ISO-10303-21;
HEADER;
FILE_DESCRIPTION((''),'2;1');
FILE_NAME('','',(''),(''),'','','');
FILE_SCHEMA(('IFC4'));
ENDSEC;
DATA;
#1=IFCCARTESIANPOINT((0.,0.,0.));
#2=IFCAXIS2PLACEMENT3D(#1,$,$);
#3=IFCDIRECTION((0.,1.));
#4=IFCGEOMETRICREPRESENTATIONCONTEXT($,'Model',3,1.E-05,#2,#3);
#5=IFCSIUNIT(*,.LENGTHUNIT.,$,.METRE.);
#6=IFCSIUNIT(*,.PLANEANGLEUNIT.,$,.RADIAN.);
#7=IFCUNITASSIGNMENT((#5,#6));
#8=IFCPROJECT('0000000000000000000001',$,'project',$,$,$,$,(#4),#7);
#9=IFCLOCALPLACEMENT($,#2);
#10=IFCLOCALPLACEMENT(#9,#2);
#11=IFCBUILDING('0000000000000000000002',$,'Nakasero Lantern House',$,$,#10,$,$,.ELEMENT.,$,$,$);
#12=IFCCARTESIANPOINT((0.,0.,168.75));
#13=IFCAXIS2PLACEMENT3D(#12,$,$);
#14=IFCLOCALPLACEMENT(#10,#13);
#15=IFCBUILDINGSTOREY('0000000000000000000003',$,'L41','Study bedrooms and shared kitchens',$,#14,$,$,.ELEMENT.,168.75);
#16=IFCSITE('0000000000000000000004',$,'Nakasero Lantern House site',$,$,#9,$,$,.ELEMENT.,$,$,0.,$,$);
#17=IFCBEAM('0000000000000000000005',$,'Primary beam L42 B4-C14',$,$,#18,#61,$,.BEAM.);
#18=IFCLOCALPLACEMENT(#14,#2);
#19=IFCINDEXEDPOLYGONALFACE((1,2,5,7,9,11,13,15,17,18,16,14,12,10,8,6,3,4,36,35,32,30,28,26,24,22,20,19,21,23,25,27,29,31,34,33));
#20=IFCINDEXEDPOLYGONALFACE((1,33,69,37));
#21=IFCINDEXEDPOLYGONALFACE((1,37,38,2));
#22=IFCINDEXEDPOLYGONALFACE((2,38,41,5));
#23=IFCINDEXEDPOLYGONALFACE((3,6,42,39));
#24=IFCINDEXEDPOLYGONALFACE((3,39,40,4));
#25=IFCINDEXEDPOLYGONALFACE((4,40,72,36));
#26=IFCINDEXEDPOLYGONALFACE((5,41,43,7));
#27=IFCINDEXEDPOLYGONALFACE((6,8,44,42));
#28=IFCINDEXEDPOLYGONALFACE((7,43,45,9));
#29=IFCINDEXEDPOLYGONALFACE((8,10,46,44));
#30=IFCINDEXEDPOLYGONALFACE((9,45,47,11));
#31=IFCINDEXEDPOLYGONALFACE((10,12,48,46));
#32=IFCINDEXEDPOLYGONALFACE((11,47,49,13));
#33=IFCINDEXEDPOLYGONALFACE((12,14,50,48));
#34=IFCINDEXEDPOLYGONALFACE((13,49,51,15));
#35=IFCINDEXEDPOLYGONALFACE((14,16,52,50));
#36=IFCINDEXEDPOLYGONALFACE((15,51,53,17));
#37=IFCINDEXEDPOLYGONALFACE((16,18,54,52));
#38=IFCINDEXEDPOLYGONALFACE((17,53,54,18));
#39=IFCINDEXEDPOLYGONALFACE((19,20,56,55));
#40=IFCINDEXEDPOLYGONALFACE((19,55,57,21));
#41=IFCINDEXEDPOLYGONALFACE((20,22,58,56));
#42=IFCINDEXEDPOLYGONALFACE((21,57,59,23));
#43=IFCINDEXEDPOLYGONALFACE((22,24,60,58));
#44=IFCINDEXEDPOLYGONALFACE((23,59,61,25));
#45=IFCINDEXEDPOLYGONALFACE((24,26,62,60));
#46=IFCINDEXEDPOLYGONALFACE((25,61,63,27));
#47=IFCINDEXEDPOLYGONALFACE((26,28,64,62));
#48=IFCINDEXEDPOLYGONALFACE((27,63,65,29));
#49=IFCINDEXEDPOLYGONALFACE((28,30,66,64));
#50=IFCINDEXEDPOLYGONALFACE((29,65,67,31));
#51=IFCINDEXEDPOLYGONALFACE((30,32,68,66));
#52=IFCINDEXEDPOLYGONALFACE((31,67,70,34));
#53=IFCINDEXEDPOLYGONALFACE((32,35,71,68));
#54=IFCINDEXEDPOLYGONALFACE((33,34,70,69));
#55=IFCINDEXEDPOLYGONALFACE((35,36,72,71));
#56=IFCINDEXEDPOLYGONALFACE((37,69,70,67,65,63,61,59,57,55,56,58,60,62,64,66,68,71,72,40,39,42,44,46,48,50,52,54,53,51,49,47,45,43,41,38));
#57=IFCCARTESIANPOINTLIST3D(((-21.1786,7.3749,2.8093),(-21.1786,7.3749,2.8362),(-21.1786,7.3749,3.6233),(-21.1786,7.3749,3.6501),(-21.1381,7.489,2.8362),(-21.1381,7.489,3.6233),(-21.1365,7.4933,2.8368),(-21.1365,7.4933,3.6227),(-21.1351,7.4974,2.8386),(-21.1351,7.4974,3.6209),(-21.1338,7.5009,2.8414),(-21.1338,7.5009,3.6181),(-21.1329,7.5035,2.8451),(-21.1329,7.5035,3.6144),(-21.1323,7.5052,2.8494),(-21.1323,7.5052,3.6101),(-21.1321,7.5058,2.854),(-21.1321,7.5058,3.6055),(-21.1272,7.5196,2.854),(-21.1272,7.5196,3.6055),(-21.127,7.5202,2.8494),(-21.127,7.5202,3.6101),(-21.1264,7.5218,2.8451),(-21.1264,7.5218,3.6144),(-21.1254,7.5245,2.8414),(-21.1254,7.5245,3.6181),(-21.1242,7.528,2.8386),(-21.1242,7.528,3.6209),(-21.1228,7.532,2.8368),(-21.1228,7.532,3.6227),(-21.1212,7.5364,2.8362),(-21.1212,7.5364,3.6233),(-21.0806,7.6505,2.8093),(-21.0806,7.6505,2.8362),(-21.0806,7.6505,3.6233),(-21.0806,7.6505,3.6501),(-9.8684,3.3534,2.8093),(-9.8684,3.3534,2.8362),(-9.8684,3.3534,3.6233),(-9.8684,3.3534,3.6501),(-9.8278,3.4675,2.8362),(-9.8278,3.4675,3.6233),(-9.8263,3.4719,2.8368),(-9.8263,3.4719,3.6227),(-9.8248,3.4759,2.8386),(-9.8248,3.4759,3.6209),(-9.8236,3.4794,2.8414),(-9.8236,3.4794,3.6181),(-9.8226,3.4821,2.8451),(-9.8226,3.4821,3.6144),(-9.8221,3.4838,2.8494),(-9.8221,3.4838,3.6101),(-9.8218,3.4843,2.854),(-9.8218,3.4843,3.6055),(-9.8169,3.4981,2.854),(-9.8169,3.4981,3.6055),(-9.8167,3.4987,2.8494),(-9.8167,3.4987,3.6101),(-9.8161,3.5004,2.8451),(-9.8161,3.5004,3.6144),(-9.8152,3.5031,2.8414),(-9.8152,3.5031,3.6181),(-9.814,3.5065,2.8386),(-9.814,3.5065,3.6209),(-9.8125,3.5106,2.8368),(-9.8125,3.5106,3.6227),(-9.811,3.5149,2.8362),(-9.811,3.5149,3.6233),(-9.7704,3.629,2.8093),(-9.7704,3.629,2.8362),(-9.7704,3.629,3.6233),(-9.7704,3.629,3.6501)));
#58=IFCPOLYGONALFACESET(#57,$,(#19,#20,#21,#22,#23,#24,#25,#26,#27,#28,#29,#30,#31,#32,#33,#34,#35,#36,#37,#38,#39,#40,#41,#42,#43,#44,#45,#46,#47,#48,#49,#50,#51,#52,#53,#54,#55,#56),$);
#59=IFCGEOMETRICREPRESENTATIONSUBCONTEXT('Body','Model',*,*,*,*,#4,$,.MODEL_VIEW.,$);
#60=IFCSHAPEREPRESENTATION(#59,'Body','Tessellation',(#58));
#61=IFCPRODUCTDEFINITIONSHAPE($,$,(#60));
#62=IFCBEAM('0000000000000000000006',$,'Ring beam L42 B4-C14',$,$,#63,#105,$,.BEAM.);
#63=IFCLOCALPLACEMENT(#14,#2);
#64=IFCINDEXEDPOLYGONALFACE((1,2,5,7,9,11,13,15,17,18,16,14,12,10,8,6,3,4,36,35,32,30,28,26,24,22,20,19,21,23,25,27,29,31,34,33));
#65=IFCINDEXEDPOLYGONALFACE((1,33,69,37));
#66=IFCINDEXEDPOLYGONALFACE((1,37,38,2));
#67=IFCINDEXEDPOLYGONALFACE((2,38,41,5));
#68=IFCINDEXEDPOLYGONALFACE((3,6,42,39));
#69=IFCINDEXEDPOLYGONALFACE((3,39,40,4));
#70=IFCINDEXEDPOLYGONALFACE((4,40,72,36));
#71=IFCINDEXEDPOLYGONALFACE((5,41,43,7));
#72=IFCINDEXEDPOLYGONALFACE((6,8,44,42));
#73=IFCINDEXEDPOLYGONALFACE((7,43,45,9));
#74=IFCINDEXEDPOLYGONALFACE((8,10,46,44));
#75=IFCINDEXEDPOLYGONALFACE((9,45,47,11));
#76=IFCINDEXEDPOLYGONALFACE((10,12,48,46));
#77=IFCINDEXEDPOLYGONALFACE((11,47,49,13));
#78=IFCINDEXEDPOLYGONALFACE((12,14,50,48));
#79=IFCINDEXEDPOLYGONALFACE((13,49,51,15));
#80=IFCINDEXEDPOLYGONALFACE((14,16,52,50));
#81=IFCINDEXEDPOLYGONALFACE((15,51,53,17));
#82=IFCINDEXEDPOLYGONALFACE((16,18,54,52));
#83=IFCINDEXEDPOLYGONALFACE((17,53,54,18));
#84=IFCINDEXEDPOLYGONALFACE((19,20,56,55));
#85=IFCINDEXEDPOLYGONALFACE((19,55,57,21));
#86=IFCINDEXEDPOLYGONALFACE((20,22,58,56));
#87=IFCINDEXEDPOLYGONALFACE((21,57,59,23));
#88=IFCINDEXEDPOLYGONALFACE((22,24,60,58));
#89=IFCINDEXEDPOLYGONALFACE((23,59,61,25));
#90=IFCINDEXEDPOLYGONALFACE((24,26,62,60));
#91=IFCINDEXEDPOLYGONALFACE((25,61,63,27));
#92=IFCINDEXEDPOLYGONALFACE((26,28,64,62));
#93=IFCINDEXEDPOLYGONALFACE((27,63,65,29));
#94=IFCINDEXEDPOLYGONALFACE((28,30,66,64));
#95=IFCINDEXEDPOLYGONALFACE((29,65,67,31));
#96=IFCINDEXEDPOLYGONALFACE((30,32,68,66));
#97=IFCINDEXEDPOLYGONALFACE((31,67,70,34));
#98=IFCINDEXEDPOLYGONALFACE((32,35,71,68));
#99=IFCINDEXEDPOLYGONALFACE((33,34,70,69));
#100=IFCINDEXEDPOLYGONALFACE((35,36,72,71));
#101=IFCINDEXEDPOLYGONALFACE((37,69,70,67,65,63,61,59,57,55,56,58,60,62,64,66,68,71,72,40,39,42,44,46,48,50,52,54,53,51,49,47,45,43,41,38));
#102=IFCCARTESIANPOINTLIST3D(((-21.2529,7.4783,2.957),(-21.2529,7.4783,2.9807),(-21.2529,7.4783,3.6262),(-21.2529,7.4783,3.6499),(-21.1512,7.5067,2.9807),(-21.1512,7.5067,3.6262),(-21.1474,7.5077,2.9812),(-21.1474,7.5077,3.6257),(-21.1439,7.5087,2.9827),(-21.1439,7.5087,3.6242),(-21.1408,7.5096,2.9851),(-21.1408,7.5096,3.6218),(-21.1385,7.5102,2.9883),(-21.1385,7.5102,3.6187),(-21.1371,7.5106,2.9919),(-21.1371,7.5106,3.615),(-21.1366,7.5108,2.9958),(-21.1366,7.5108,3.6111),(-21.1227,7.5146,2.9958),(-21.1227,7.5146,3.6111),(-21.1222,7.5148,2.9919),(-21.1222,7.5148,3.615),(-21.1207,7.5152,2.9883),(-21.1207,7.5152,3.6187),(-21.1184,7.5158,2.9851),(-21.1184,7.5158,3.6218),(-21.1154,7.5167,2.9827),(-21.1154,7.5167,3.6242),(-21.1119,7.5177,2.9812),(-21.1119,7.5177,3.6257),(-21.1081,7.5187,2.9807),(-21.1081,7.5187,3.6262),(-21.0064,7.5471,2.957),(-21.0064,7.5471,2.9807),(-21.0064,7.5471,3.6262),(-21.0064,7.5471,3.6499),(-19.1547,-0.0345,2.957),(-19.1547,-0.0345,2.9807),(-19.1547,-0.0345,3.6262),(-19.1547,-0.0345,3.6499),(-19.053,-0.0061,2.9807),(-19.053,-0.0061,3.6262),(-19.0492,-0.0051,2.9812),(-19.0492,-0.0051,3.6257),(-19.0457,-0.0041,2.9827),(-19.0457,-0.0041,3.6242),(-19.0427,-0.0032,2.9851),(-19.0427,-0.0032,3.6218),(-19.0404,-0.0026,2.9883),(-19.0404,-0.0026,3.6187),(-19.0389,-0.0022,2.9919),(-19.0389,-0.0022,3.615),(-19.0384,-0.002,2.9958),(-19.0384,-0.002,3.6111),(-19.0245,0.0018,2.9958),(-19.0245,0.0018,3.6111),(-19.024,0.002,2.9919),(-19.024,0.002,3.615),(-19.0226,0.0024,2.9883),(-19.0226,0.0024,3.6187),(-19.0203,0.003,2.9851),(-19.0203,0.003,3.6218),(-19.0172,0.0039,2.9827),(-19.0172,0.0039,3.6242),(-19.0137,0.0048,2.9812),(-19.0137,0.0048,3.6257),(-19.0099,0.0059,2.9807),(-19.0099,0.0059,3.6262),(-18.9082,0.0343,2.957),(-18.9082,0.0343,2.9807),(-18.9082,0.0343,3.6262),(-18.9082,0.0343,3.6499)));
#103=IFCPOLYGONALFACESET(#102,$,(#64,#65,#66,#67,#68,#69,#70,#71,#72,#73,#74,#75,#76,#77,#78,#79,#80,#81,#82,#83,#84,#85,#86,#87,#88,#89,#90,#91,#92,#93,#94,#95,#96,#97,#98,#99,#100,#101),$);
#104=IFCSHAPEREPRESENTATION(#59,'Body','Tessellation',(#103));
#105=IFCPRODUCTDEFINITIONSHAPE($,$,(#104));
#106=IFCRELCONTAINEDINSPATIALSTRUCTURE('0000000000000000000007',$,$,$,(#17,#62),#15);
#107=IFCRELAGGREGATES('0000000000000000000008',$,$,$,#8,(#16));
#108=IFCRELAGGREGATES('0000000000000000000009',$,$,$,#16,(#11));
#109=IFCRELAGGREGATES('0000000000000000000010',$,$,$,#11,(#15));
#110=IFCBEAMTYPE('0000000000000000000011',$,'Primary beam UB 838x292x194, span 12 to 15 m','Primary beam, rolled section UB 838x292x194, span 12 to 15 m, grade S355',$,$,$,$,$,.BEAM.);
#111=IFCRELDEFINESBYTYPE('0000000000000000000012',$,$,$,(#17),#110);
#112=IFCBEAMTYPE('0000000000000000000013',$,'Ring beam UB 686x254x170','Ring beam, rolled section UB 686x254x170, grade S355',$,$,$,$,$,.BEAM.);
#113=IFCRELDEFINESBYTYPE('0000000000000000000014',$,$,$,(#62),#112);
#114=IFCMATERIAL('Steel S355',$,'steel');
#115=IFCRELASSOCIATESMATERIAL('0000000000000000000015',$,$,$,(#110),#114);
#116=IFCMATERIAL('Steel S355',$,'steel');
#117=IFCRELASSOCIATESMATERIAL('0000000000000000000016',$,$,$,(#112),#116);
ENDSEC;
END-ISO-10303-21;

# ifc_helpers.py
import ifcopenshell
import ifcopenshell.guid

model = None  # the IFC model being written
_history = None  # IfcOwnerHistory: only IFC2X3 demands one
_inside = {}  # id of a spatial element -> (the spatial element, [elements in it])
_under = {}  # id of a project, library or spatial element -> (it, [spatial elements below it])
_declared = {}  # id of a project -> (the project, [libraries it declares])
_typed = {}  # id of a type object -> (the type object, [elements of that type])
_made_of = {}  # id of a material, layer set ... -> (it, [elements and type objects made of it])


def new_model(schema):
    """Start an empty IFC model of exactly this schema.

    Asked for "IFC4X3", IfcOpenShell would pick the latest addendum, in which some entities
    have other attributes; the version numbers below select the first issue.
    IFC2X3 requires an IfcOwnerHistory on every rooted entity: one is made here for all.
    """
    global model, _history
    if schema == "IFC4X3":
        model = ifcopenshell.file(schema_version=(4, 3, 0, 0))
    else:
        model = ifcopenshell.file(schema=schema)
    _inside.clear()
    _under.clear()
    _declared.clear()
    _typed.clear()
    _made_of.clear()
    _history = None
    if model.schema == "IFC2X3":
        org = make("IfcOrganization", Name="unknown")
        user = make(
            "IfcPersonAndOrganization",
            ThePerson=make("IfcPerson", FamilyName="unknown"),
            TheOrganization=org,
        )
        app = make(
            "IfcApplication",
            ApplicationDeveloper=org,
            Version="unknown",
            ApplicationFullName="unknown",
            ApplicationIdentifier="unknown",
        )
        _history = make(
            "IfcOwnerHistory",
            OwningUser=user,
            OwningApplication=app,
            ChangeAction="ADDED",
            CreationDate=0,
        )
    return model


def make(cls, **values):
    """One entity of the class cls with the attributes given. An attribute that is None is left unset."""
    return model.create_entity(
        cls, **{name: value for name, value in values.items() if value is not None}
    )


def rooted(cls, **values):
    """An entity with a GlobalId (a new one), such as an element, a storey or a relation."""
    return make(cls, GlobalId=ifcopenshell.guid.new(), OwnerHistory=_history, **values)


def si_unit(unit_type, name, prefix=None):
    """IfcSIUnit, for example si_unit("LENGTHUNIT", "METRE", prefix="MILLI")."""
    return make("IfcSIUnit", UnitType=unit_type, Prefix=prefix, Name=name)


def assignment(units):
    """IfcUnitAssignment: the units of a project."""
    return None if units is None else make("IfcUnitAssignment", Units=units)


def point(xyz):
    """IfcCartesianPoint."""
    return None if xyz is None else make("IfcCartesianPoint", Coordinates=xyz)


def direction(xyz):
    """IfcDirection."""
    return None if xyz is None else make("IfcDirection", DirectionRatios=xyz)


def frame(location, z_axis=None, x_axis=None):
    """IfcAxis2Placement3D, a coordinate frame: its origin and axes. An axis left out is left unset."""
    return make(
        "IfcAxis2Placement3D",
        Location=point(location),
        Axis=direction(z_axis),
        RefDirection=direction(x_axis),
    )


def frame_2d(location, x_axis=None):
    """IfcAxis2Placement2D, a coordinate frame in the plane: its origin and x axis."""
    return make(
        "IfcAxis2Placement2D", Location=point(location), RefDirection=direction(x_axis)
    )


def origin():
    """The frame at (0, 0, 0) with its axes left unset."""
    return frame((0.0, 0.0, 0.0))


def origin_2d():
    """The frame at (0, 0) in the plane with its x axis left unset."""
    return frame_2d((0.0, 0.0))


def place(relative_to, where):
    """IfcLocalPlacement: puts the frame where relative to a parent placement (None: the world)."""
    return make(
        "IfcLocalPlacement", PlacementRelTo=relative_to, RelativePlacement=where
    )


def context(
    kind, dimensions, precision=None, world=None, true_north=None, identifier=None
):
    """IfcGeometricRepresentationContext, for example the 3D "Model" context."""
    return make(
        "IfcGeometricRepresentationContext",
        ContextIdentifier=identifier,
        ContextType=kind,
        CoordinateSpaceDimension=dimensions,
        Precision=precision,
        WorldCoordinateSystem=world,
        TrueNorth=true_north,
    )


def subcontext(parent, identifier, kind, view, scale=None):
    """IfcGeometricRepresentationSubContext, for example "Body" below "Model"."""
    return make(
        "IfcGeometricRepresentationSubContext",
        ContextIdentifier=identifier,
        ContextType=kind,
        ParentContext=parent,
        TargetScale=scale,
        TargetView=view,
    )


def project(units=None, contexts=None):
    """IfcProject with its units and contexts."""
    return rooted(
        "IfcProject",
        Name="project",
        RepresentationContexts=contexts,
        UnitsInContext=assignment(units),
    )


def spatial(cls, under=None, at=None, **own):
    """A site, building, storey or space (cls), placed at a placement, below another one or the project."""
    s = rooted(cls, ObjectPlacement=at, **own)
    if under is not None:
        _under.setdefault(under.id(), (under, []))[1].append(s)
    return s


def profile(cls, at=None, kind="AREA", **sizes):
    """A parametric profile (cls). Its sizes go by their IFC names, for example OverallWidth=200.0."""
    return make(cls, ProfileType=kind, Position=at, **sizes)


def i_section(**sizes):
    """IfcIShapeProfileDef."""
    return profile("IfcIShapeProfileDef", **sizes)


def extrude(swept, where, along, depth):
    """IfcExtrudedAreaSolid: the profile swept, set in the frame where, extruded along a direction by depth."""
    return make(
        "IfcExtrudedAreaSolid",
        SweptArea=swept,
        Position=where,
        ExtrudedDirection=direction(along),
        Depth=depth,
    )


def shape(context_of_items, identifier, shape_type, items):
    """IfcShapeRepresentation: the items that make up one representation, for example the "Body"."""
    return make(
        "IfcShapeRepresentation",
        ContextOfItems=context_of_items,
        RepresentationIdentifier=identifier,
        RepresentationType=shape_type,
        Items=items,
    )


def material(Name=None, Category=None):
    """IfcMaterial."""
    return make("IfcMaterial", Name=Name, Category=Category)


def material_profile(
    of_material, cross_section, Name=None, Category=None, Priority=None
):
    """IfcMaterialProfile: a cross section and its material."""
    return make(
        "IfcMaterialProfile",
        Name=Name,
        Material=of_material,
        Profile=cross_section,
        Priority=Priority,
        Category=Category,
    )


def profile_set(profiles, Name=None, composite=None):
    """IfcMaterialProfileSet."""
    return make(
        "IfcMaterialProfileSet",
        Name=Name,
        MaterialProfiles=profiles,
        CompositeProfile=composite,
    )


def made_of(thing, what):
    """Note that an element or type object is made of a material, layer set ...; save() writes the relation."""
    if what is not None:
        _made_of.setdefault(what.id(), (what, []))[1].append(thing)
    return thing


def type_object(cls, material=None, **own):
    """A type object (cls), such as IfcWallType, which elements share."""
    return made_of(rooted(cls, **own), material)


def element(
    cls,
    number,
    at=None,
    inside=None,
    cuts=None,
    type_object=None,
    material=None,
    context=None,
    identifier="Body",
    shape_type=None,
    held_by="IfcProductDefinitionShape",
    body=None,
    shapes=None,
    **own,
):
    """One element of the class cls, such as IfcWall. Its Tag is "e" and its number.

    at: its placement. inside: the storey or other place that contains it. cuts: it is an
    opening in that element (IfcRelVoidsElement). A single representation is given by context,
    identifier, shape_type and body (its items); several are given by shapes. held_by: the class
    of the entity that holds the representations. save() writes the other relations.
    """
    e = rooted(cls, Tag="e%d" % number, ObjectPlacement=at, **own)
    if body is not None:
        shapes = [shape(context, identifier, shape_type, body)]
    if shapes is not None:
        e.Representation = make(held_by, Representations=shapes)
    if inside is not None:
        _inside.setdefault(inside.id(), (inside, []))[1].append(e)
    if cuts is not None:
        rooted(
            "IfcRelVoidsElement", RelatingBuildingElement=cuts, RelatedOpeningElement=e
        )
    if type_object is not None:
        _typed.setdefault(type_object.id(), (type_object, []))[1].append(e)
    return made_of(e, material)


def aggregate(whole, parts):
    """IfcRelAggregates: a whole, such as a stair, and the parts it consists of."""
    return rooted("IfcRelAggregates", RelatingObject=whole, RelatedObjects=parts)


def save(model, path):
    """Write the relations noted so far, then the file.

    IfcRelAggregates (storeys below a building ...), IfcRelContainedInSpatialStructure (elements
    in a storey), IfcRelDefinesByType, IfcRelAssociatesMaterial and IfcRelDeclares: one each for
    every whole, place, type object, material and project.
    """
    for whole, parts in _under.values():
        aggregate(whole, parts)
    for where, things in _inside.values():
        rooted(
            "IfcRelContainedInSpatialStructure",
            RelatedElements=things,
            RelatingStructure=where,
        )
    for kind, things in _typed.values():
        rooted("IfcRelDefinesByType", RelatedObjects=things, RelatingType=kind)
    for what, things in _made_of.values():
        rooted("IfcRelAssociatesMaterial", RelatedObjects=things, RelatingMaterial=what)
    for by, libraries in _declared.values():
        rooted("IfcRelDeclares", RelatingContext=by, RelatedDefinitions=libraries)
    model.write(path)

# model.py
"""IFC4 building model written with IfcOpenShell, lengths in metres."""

from ifc_helpers import new_model, si_unit, direction, frame, origin, origin_2d, place, context, subcontext, project, spatial, i_section, extrude, material, material_profile, profile_set, type_object, element, save


model = new_model("IFC4")

# Units and contexts
model_context = context("Model", 3, precision=1e-05, world=origin(), true_north=direction((0.0, 1.0)))
body_context = subcontext(model_context, "Body", "Model", "MODEL_VIEW")
ifc_project = project(units=[si_unit("LENGTHUNIT", "METRE"), si_unit("PLANEANGLEUNIT", "RADIAN")], contexts=[model_context])

# Site, building, storey
site_placement = place(None, origin())
site = spatial("IfcSite", under=ifc_project, at=site_placement, Name="Nakasero Lantern House site", CompositionType="ELEMENT", RefElevation=0.0)
building_placement = place(site_placement, origin())
building = spatial("IfcBuilding", under=site, at=building_placement, Name="Nakasero Lantern House", CompositionType="ELEMENT")
storey_placement = place(building_placement, frame((0.0, 0.0, 168.75)))
storey = spatial("IfcBuildingStorey", under=building, at=storey_placement, Name="L41", Description="Study bedrooms and shared kitchens", CompositionType="ELEMENT", Elevation=168.75)

# Beams
ifc_material_1 = material(Name="Steel S355", Category="steel")
ifc_material_profile_1 = material_profile(ifc_material_1, i_section(OverallWidth=0.2925, OverallDepth=0.8408, WebThickness=0.0146, FlangeThickness=0.0269, FilletRadius=0.0178, at=origin_2d()), Name="UB 838x292x194")
ifc_profile_set_1 = profile_set([ifc_material_profile_1], Name="Steel S355")
beam_type_1 = type_object("IfcBeamType", Name="Primary beam UB 838x292x194, span 12 to 15 m", Description="Primary beam, rolled section UB 838x292x194, span 12 to 15 m, grade S355", PredefinedType="BEAM", material=ifc_profile_set_1)
beam_1_placement = place(storey_placement, frame((-21.1296, 7.5127, 3.2297), z_axis=(0.942214, -0.335013, 0.0), x_axis=(0.335013, 0.942214, 0.0)))
element("IfcBeam", 1, at=beam_1_placement, inside=storey, type_object=beam_type_1, Name="Primary beam L42 B4-C14", PredefinedType="BEAM", context=body_context, shape_type="SweptSolid", body=[
    extrude(i_section(OverallWidth=0.2925, OverallDepth=0.8408, WebThickness=0.0146, FlangeThickness=0.0269, FilletRadius=0.0178, at=origin_2d()), origin(), (0.0, 0.0, 1.0), 12.0039),
])
ifc_material_2 = material(Name="Steel S355", Category="steel")
ifc_material_profile_2 = material_profile(ifc_material_2, i_section(OverallWidth=0.2559, OverallDepth=0.6929, WebThickness=0.0144, FlangeThickness=0.0237, FilletRadius=0.0151, at=origin_2d()), Name="UB 686x254x170")
ifc_profile_set_2 = profile_set([ifc_material_profile_2], Name="Steel S355")
beam_type_2 = type_object("IfcBeamType", Name="Ring beam UB 686x254x170", Description="Ring beam, rolled section UB 686x254x170, grade S355", PredefinedType="BEAM", material=ifc_profile_set_2)
beam_2_placement = place(storey_placement, frame((-21.1296, 7.5127, 3.3035), z_axis=(0.268987, -0.963144, 0.0), x_axis=(0.963144, 0.268987, 0.0)))
element("IfcBeam", 2, at=beam_2_placement, inside=storey, type_object=beam_type_2, Name="Ring beam L42 B4-C14", PredefinedType="BEAM", context=body_context, shape_type="SweptSolid", body=[
    extrude(i_section(OverallWidth=0.2559, OverallDepth=0.6929, WebThickness=0.0144, FlangeThickness=0.0237, FilletRadius=0.0151, at=origin_2d()), origin(), (0.0, 0.0, 1.0), 7.8003),
])

save(model, "model.ifc")
